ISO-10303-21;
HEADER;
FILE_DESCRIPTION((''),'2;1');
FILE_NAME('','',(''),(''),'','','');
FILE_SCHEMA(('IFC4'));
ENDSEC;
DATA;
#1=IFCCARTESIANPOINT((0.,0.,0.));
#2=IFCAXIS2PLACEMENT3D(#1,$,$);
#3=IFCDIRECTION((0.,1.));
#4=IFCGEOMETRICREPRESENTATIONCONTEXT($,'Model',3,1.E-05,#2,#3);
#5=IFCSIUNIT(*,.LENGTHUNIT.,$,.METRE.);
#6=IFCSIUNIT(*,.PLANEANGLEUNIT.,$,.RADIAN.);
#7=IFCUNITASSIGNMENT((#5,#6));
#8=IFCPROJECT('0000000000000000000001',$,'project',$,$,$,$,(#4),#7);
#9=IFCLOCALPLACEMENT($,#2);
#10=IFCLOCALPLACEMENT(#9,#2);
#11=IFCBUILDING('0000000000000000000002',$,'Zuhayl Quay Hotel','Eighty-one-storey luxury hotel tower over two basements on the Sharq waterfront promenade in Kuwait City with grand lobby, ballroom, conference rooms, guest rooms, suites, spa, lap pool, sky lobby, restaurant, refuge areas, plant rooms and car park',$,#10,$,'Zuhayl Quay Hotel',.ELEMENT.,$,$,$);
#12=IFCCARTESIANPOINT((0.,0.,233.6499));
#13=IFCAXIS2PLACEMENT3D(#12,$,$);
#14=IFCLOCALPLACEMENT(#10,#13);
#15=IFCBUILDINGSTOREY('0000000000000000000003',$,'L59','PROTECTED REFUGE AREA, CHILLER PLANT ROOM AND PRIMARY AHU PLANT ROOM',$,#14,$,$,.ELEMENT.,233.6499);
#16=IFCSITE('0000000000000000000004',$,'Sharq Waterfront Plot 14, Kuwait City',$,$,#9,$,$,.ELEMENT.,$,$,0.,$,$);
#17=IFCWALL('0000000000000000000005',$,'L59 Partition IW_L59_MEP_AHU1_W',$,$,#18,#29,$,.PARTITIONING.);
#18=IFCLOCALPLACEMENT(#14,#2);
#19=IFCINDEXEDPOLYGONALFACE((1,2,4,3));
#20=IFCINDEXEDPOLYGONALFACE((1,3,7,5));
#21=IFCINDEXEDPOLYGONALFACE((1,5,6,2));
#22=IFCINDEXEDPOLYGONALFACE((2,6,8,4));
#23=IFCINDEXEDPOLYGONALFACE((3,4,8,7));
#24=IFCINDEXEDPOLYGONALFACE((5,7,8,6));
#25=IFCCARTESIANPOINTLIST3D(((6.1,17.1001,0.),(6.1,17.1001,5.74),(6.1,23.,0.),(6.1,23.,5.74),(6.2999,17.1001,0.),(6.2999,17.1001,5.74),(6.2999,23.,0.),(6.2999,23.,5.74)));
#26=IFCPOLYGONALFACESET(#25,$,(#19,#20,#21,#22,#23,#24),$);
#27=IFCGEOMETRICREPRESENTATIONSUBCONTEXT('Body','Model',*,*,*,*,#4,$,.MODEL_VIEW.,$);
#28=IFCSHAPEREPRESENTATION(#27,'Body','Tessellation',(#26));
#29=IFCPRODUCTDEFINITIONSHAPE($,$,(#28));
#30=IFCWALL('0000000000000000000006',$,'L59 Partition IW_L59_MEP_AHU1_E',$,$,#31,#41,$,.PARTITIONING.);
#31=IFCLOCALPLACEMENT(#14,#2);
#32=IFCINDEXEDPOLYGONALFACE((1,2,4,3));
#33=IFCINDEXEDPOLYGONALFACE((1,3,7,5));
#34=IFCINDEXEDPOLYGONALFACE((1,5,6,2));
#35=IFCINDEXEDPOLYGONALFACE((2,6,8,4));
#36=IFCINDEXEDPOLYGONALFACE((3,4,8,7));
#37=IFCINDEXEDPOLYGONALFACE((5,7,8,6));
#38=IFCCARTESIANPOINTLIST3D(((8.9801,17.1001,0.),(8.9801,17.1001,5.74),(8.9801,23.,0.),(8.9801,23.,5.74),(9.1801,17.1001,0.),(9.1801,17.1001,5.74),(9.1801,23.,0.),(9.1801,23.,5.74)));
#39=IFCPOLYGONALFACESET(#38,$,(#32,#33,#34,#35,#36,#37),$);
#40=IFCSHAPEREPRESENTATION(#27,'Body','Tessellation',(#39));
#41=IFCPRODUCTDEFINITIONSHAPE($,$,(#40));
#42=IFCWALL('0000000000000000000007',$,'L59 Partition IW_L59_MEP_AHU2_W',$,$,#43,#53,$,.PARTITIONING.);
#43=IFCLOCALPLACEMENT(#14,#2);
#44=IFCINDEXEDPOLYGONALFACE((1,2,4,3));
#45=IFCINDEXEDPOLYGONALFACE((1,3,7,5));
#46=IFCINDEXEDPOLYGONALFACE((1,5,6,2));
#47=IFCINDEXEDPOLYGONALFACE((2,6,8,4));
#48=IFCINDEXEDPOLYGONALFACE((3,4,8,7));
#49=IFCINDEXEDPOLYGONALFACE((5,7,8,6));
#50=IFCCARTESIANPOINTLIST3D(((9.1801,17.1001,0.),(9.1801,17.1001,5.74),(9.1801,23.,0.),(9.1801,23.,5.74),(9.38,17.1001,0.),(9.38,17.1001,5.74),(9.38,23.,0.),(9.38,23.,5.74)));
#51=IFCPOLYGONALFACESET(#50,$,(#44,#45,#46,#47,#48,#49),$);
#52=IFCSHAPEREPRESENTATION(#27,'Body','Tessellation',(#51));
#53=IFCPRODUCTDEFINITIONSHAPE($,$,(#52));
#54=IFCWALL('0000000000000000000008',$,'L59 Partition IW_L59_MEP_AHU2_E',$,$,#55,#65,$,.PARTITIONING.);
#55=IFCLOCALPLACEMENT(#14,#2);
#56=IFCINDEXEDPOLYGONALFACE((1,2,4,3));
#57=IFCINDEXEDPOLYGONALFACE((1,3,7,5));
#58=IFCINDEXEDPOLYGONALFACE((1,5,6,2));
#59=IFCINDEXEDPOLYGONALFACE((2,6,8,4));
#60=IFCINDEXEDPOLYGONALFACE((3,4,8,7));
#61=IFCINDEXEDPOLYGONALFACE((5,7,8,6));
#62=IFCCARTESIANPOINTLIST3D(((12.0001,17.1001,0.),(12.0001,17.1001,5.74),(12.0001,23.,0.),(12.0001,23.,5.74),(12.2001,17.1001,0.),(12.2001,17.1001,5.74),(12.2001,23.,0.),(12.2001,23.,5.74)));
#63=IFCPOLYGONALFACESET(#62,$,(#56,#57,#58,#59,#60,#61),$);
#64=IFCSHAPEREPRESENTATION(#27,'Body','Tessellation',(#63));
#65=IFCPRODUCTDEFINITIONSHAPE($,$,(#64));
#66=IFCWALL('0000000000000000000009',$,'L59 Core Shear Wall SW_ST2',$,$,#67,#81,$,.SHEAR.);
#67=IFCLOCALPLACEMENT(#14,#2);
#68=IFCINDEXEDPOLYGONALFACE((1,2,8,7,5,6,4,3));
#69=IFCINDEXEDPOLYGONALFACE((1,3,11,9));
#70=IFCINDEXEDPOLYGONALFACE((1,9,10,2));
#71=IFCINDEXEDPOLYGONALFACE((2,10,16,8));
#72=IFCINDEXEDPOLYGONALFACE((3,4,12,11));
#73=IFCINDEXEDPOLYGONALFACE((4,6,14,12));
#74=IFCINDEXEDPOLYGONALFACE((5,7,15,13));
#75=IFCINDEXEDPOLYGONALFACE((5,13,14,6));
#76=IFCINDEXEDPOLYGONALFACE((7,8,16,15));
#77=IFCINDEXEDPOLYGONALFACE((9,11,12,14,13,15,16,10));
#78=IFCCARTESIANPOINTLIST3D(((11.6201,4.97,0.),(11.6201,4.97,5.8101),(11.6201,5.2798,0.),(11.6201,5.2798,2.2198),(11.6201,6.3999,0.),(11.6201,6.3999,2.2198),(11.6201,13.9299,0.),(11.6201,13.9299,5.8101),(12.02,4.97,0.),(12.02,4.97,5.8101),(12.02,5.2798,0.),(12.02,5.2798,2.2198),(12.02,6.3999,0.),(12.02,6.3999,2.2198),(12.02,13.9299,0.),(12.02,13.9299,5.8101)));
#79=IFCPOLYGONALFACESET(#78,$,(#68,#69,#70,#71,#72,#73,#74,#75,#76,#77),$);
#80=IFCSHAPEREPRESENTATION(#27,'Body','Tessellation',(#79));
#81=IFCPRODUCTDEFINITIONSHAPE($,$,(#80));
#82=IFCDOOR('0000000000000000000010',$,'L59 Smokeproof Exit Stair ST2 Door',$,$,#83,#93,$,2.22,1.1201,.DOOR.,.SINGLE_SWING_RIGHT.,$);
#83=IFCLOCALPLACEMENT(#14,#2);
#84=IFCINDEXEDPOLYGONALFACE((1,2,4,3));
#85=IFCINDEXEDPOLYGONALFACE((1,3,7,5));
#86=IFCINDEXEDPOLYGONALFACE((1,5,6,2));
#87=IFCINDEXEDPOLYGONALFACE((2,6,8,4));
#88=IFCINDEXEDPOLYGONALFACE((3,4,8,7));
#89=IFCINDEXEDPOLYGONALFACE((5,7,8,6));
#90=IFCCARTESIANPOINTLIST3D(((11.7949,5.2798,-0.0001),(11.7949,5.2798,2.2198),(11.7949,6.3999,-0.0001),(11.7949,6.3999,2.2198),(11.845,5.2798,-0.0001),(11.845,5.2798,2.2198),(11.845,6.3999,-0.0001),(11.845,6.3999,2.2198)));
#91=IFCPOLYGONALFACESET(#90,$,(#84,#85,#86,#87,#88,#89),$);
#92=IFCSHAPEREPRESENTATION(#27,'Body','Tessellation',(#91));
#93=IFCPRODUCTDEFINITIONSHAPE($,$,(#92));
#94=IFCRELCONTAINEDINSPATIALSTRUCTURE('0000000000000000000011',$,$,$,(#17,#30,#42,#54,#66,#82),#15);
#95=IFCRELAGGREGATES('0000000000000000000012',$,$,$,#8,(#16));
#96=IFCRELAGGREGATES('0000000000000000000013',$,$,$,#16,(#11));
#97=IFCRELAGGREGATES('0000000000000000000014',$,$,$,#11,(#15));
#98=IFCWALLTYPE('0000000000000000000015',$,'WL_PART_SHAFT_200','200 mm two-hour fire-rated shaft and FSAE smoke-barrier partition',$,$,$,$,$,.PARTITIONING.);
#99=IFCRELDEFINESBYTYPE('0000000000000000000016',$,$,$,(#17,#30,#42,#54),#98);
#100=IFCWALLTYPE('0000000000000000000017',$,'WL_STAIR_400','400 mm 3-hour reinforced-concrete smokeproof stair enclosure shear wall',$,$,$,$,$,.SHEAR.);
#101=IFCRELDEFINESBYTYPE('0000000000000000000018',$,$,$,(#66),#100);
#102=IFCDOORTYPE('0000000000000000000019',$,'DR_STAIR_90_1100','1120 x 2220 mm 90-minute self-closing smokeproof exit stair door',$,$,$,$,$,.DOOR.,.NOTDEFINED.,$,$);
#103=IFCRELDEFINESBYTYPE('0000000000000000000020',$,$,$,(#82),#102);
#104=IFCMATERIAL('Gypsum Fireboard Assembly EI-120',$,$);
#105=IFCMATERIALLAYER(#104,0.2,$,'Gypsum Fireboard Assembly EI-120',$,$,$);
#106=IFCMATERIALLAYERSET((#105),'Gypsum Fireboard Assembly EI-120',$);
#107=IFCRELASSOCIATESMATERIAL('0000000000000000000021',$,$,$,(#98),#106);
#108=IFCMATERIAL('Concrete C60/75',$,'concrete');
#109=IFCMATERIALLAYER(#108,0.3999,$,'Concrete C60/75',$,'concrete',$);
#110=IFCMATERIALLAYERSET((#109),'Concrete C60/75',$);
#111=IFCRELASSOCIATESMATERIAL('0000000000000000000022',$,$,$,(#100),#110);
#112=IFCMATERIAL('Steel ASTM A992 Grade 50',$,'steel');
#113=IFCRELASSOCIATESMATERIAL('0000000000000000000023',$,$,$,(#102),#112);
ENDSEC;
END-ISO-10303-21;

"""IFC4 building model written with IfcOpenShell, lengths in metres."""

from ifc_helpers import new_model, si_unit, direction, frame, frame_2d, origin, place, context, subcontext, project, spatial, rectangle, extrude, material, layer, layer_set, type_object, element, fill, save


model = new_model("IFC4")

# Units and contexts
model_context = context("Model", 3, precision=1e-05, world=origin(), true_north=direction((0.0, 1.0)))
body_context = subcontext(model_context, "Body", "Model", "MODEL_VIEW")
ifc_project = project(units=[si_unit("LENGTHUNIT", "METRE"), si_unit("PLANEANGLEUNIT", "RADIAN")], contexts=[model_context])

# Site, building, storey
site_placement = place(None, origin())
site = spatial("IfcSite", under=ifc_project, at=site_placement, Name="Sharq Waterfront Plot 14, Kuwait City", CompositionType="ELEMENT", RefElevation=0.0)
building_placement = place(site_placement, origin())
building = spatial("IfcBuilding", under=site, at=building_placement, Name="Zuhayl Quay Hotel", Description="Eighty-one-storey luxury hotel tower over two basements on the Sharq waterfront promenade in Kuwait City with grand lobby, ballroom, conference rooms, guest rooms, suites, spa, lap pool, sky lobby, restaurant, refuge areas, plant rooms and car park", LongName="Zuhayl Quay Hotel", CompositionType="ELEMENT")
storey_placement = place(building_placement, frame((0.0, 0.0, 233.6499)))
storey = spatial("IfcBuildingStorey", under=building, at=storey_placement, Name="L59", Description="PROTECTED REFUGE AREA, CHILLER PLANT ROOM AND PRIMARY AHU PLANT ROOM", CompositionType="ELEMENT", Elevation=233.6499)

# Shared definitions
ifc_material_1 = material(Name="Concrete C60/75", Category="concrete")

# Shared definitions
ifc_material_2 = material(Name="Steel ASTM A992 Grade 50", Category="steel")

# Shared definitions
ifc_material_3 = material(Name="Gypsum Fireboard Assembly EI-120")
ifc_layer_1 = layer(ifc_material_3, 0.2, Name="Gypsum Fireboard Assembly EI-120")
ifc_layer_set_1 = layer_set([ifc_layer_1], Name="Gypsum Fireboard Assembly EI-120")
wall_type_1 = type_object("IfcWallType", Name="WL_PART_SHAFT_200", Description="200 mm two-hour fire-rated shaft and FSAE smoke-barrier partition", PredefinedType="PARTITIONING", material=ifc_layer_set_1)

# Walls
for number, where, z_axis, x_axis, name in (
    (1, (6.2, 17.1001, 0.0), (0.0, 0.0, 1.0), (0.0, 1.0, 0.0), "L59 Partition IW_L59_MEP_AHU1_W"),
    (2, (9.0801, 17.1001, 0.0), (0.0, 0.0, 1.0), (0.0, 1.0, 0.0), "L59 Partition IW_L59_MEP_AHU1_E"),
):
    element("IfcWall", number, at=place(storey_placement, frame(where, z_axis=z_axis, x_axis=x_axis)), inside=storey, type_object=wall_type_1, Name=name, PredefinedType="PARTITIONING", context=body_context, shape_type="SweptSolid", body=[
        extrude(rectangle(XDim=5.8999, YDim=0.2, at=frame_2d((2.95, 0.0))), origin(), (0.0, 0.0, 1.0), 5.74),
    ])
for number, where, z_axis, x_axis, name in (
    (3, (9.28, 17.1001, 0.0), (0.0, 0.0, 1.0), (0.0, 1.0, 0.0), "L59 Partition IW_L59_MEP_AHU2_W"),
    (4, (12.1001, 17.1001, 0.0), (0.0, 0.0, 1.0), (0.0, 1.0, 0.0), "L59 Partition IW_L59_MEP_AHU2_E"),
):
    element("IfcWall", number, at=place(storey_placement, frame(where, z_axis=z_axis, x_axis=x_axis)), inside=storey, type_object=wall_type_1, Name=name, PredefinedType="PARTITIONING", context=body_context, shape_type="SweptSolid", body=[
        extrude(rectangle(XDim=5.8999, YDim=0.2, at=frame_2d((2.95, 0.0))), origin(), (0.0, 0.0, 1.0), 5.74),
    ])

# Wall, opening, door
ifc_layer_2 = layer(ifc_material_1, 0.3999, Name="Concrete C60/75", Category="concrete")
ifc_layer_set_2 = layer_set([ifc_layer_2], Name="Concrete C60/75")
wall_type_2 = type_object("IfcWallType", Name="WL_STAIR_400", Description="400 mm 3-hour reinforced-concrete smokeproof stair enclosure shear wall", PredefinedType="SHEAR", material=ifc_layer_set_2)
wall_1_placement = place(storey_placement, frame((11.8201, 13.9299, 0.0), z_axis=(0.0, 0.0, 1.0), x_axis=(0.0, -1.0, 0.0)))
wall_1 = element("IfcWall", 5, at=wall_1_placement, inside=storey, type_object=wall_type_2, Name="L59 Core Shear Wall SW_ST2", PredefinedType="SHEAR", context=body_context, shape_type="SweptSolid", body=[
    extrude(rectangle(XDim=8.96, YDim=0.3999, at=frame_2d((4.48, 0.0))), origin(), (0.0, 0.0, 1.0), 5.8101),
])
opening_1_placement = place(wall_1_placement, frame((7.53, 0.0, 0.0)))
opening_1 = element("IfcOpeningElement", 6, at=opening_1_placement, cuts=wall_1, PredefinedType="OPENING", context=body_context, shape_type="SweptSolid", body=[
    extrude(rectangle(XDim=1.1201, YDim=2.22, at=frame_2d((0.5601, 1.1099))), frame((0.0, 0.21, 0.0), z_axis=(0.0, -1.0, 0.0), x_axis=(1.0, 0.0, 0.0)), (0.0, 0.0, 1.0), 0.4199),
])
door_type_1 = type_object("IfcDoorType", Name="DR_STAIR_90_1100", Description="1120 x 2220 mm 90-minute self-closing smokeproof exit stair door", OperationType="NOTDEFINED", PredefinedType="DOOR", material=ifc_material_2)
door_1_placement = place(opening_1_placement, origin())
door_1 = element("IfcDoor", 7, at=door_1_placement, inside=storey, type_object=door_type_1, Name="L59 Smokeproof Exit Stair ST2 Door", OperationType="SINGLE_SWING_RIGHT", OverallHeight=2.22, OverallWidth=1.1201, PredefinedType="DOOR", context=body_context, shape_type="SweptSolid", body=[
    extrude(rectangle(XDim=1.1201, YDim=2.22, at=frame_2d((0.5601, 1.1099))), frame((0.0, 0.0249, 0.0), z_axis=(0.0, -1.0, 0.0), x_axis=(1.0, 0.0, 0.0)), (0.0, 0.0, 1.0), 0.05),
])
fill(opening_1, door_1)

save(model, "model.ifc")
